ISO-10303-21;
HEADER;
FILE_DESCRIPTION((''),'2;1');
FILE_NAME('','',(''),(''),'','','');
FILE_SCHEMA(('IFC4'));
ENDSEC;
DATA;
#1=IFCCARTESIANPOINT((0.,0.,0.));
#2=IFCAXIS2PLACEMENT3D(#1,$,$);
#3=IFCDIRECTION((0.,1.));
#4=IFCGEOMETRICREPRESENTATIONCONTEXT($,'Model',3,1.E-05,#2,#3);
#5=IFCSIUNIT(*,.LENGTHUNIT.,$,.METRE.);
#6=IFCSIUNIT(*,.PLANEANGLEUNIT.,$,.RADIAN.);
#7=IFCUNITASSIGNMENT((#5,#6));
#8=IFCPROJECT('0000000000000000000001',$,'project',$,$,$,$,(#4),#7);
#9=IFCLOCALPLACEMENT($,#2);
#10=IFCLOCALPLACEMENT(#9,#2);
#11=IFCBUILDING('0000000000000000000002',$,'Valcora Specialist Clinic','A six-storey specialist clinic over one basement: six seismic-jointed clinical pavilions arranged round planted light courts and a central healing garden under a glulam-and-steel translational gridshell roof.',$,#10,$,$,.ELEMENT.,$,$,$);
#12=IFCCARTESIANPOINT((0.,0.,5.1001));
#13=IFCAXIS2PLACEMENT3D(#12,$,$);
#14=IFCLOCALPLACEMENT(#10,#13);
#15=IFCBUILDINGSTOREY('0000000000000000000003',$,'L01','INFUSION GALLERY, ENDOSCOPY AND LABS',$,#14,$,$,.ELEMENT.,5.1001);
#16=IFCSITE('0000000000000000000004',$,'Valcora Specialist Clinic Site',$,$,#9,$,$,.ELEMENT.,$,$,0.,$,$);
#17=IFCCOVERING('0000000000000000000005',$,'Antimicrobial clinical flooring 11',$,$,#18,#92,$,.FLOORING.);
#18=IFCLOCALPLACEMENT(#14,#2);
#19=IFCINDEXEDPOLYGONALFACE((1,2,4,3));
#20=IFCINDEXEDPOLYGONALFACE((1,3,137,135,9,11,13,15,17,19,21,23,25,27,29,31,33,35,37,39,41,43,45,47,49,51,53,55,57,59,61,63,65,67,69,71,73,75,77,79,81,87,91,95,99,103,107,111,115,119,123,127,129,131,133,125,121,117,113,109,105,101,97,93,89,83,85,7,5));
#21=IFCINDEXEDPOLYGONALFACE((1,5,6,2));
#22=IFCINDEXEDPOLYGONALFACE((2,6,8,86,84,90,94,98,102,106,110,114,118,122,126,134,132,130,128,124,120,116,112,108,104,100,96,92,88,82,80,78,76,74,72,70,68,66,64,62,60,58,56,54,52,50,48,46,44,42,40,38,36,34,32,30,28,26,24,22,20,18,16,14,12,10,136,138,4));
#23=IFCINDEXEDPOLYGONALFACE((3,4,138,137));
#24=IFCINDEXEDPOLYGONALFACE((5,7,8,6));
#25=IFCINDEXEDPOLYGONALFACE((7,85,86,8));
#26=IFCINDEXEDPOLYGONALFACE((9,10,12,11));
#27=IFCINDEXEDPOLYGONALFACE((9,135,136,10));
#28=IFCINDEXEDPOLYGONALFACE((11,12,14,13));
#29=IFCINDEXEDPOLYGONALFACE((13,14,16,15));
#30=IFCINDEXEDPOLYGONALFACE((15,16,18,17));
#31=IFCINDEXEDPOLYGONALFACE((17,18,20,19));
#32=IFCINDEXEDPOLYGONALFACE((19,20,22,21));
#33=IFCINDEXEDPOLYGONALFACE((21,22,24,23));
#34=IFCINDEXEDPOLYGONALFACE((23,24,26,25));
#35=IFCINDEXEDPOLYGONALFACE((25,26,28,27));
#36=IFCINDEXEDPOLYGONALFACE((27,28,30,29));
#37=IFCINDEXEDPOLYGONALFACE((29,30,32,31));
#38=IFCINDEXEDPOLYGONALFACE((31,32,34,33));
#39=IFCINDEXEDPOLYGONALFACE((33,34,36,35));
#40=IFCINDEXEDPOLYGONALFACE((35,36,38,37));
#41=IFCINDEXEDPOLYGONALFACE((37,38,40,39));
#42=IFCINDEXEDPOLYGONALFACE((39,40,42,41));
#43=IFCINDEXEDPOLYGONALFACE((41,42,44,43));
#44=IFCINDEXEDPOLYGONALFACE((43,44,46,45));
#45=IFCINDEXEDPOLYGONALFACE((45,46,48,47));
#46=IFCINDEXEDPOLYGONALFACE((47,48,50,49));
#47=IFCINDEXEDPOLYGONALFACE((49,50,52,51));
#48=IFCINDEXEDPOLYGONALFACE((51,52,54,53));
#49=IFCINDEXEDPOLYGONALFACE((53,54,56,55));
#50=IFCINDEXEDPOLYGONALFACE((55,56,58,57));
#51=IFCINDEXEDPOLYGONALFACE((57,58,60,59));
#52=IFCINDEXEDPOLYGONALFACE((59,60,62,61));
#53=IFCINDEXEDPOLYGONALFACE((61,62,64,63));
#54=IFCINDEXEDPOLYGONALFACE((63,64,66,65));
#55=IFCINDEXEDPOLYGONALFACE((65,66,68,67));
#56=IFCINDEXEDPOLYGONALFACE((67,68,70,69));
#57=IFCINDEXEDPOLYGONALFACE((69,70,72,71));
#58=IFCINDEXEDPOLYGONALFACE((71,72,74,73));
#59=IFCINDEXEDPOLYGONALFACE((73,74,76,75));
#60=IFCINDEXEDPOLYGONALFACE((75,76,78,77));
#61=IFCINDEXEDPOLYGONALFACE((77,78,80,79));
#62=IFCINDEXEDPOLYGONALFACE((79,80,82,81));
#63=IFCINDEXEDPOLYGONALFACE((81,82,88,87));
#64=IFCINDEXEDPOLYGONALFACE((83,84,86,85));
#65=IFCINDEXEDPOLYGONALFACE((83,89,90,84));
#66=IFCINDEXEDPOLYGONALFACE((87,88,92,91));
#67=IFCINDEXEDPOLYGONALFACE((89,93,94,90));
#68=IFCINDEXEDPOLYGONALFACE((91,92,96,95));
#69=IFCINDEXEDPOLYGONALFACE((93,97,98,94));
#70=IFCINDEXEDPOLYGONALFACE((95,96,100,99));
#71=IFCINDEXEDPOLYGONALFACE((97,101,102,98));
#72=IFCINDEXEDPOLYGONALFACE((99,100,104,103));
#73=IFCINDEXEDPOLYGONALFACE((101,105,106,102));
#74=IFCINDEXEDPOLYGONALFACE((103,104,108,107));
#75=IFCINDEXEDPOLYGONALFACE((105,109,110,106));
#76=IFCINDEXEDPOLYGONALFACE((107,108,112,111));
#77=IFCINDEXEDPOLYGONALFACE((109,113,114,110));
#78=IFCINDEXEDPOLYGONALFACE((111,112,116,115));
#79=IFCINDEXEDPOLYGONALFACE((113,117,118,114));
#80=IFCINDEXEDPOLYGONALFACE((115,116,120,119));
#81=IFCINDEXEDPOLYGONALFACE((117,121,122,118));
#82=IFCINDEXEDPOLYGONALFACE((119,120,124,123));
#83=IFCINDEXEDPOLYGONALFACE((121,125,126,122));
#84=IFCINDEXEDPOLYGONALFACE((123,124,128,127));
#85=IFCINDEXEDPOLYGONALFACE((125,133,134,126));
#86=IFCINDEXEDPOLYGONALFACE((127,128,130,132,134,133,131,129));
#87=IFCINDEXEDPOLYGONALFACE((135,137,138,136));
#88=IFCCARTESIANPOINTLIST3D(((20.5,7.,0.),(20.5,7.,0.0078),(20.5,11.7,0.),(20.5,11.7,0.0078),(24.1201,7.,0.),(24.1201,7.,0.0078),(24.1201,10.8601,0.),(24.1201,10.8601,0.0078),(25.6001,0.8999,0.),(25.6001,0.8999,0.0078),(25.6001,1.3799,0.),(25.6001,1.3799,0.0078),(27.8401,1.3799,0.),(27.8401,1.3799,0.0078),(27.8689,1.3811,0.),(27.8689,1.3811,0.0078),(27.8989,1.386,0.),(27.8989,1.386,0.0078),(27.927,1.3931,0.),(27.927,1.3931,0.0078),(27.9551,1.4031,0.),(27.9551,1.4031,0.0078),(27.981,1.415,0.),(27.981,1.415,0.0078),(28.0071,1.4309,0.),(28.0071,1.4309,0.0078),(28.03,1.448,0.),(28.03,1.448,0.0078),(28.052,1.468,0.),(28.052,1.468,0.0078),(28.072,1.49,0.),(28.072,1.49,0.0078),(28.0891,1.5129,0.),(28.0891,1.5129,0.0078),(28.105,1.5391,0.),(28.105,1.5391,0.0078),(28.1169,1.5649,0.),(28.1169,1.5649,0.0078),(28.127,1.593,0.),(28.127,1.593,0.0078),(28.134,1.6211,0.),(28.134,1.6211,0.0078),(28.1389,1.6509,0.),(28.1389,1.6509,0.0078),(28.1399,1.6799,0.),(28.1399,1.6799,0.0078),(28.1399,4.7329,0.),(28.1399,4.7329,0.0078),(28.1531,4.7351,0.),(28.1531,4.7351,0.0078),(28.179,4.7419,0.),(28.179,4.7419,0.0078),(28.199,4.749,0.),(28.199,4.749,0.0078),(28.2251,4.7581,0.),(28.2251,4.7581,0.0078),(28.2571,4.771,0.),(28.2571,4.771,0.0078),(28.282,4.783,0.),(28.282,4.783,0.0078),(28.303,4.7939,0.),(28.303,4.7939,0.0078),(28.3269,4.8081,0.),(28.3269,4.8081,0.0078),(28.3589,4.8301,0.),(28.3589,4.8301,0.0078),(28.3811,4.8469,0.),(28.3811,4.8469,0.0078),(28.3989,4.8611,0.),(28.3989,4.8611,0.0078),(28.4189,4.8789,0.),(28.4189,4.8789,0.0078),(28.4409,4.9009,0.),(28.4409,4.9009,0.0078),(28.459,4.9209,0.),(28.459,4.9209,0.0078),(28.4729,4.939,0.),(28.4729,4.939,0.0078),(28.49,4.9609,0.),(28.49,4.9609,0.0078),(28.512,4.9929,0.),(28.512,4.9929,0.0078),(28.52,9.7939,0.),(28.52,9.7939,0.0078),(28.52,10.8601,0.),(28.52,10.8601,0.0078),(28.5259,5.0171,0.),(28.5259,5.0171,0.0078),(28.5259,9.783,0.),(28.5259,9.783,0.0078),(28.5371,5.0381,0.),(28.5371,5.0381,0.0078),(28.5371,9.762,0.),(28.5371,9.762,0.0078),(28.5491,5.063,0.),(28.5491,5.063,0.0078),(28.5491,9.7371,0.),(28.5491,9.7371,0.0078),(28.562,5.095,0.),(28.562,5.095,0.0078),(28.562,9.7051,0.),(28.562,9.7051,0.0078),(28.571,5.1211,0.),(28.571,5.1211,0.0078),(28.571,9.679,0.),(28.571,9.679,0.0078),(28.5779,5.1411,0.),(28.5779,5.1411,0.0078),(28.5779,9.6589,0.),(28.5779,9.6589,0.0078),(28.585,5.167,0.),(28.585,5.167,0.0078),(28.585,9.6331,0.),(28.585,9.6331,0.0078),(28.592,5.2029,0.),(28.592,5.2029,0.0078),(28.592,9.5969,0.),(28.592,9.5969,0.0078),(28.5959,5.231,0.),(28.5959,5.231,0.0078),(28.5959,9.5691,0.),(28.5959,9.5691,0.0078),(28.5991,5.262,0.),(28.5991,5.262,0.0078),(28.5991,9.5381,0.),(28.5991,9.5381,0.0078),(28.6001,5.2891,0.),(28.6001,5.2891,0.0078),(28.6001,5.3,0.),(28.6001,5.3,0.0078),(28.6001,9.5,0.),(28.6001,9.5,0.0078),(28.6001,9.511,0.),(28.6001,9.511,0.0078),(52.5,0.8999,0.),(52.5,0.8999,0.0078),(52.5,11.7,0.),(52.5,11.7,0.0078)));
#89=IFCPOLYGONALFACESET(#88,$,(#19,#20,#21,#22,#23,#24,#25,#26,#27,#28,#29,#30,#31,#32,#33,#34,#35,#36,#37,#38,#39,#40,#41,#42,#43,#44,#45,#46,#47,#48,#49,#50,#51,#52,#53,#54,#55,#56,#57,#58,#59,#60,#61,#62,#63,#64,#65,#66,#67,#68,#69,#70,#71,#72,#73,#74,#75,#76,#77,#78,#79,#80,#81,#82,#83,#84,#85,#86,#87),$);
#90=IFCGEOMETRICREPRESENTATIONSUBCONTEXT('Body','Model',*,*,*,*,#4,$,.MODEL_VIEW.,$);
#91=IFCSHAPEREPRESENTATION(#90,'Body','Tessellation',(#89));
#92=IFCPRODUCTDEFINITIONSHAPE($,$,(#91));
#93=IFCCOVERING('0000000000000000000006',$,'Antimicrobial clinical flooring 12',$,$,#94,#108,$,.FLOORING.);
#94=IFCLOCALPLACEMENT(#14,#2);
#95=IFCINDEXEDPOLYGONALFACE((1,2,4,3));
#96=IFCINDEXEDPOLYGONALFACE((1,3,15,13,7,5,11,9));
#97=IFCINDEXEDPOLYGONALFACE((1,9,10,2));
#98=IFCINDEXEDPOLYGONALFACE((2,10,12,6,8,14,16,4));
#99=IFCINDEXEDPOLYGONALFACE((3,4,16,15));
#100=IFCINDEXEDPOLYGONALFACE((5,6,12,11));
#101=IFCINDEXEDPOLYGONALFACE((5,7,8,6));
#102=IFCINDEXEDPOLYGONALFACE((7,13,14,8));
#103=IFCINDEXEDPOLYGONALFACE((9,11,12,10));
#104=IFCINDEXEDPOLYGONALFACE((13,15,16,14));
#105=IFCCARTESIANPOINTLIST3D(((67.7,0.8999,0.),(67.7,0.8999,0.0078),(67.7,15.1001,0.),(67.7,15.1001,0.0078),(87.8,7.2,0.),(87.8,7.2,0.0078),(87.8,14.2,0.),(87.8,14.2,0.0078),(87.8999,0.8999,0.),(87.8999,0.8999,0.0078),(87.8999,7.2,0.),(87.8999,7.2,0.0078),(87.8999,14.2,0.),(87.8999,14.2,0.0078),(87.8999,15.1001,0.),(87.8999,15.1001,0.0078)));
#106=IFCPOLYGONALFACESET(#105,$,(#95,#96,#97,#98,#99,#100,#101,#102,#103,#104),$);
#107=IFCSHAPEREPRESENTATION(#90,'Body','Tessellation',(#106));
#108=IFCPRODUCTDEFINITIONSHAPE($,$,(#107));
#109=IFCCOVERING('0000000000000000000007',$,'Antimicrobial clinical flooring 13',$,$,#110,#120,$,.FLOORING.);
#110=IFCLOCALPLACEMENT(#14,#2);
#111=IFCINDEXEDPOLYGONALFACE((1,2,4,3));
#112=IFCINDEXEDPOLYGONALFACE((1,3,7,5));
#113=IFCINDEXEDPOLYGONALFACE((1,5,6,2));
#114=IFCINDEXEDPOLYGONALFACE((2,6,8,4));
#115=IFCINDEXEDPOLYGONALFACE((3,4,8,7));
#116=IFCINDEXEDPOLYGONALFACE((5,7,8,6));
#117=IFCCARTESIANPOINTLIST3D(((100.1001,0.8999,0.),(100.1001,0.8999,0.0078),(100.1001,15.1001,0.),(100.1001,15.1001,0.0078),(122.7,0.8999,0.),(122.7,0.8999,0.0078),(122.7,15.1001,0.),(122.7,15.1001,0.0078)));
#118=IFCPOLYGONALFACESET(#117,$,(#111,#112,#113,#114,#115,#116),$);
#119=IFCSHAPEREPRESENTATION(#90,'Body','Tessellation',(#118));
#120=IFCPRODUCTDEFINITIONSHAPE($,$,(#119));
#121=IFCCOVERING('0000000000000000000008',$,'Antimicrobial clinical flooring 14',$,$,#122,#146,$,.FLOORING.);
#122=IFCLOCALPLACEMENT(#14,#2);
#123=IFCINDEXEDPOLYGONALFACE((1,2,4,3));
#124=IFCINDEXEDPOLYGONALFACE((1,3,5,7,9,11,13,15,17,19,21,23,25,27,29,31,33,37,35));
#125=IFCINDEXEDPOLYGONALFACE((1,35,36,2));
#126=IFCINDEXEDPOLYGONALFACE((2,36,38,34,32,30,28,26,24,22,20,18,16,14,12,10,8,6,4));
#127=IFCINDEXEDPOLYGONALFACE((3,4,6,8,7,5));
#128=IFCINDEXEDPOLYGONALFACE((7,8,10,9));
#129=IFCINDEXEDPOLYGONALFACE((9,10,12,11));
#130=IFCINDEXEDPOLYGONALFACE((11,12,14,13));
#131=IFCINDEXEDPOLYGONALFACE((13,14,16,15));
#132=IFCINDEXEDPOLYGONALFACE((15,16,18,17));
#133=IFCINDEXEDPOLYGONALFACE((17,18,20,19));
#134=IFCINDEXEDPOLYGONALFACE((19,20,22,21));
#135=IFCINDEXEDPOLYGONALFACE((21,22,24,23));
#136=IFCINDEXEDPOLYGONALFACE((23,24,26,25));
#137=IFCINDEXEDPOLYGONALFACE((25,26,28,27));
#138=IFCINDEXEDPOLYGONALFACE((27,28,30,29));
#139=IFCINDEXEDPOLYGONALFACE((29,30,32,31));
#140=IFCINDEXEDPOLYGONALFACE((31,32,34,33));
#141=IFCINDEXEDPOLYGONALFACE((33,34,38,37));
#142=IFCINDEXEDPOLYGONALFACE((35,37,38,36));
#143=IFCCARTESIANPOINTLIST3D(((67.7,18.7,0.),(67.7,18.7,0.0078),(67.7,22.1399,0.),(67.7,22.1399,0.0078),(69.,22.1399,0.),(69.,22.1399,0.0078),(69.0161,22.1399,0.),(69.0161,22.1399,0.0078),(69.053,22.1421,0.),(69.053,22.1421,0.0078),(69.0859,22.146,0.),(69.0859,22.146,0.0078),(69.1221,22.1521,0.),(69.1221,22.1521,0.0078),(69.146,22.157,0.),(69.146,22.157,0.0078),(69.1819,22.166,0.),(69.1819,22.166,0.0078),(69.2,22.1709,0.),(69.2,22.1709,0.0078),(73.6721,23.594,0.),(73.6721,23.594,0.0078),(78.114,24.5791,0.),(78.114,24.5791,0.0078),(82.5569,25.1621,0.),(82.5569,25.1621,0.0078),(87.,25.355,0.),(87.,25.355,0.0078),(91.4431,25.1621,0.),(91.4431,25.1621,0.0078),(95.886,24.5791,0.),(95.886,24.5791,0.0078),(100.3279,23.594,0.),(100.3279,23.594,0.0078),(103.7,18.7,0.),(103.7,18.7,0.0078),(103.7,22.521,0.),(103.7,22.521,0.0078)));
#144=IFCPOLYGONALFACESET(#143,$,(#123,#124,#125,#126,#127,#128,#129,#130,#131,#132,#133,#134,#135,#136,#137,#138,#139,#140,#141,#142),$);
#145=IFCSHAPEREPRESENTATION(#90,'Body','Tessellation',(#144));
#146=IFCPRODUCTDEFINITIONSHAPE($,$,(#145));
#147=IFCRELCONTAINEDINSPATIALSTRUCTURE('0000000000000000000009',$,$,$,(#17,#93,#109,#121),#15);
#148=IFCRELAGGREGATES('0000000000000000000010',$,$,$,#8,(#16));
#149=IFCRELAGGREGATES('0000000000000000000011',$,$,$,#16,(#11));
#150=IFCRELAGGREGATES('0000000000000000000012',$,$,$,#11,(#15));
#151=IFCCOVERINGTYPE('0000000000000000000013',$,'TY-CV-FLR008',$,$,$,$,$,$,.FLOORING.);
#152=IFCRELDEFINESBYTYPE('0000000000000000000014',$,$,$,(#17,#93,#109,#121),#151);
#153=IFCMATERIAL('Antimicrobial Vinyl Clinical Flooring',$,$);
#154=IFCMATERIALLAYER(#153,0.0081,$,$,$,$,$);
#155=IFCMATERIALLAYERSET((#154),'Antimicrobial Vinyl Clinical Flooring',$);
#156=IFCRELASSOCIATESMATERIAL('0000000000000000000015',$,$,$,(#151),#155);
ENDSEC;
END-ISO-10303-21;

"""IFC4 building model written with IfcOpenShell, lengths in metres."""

from ifc_helpers import new_model, si_unit, direction, frame, origin, place, context, subcontext, project, spatial, polyline, outline, extrude, material, layer, layer_set, type_object, element, save


model = new_model("IFC4")

# Units and contexts
model_context = context("Model", 3, precision=1e-05, world=origin(), true_north=direction((0.0, 1.0)))
body_context = subcontext(model_context, "Body", "Model", "MODEL_VIEW")
ifc_project = project(units=[si_unit("LENGTHUNIT", "METRE"), si_unit("PLANEANGLEUNIT", "RADIAN")], contexts=[model_context])

# Site, building, storey
site_placement = place(None, origin())
site = spatial("IfcSite", under=ifc_project, at=site_placement, Name="Valcora Specialist Clinic Site", CompositionType="ELEMENT", RefElevation=0.0)
building_placement = place(site_placement, origin())
building = spatial("IfcBuilding", under=site, at=building_placement, Name="Valcora Specialist Clinic", Description="A six-storey specialist clinic over one basement: six seismic-jointed clinical pavilions arranged round planted light courts and a central healing garden under a glulam-and-steel translational gridshell roof.", CompositionType="ELEMENT")
storey_placement = place(building_placement, frame((0.0, 0.0, 5.1001)))
storey = spatial("IfcBuildingStorey", under=building, at=storey_placement, Name="L01", Description="INFUSION GALLERY, ENDOSCOPY AND LABS", CompositionType="ELEMENT", Elevation=5.1001)

# Coverings
ifc_material_1 = material(Name="Antimicrobial Vinyl Clinical Flooring")
ifc_layer_1 = layer(ifc_material_1, 0.0081)
ifc_layer_set_1 = layer_set([ifc_layer_1], Name="Antimicrobial Vinyl Clinical Flooring")
covering_type_1 = type_object("IfcCoveringType", Name="TY-CV-FLR008", PredefinedType="FLOORING", material=ifc_layer_set_1)
covering_1_placement = place(storey_placement, origin())
element("IfcCovering", 1, at=covering_1_placement, inside=storey, type_object=covering_type_1, Name="Antimicrobial clinical flooring 11", PredefinedType="FLOORING", context=body_context, shape_type="SweptSolid", body=[
    extrude(outline(polyline([(52.5, 11.7), (52.5, 0.8999), (25.6001, 0.8999), (25.6001, 1.3799), (27.8401, 1.3799), (27.8689, 1.3811), (27.8989, 1.386), (27.927, 1.3931), (27.9551, 1.4031), (27.981, 1.415), (28.0071, 1.4309), (28.03, 1.448), (28.052, 1.468), (28.072, 1.49), (28.0891, 1.5129), (28.105, 1.5391), (28.1169, 1.5649), (28.127, 1.593), (28.134, 1.6211), (28.1389, 1.6509), (28.1399, 1.6799), (28.1399, 4.7329), (28.1531, 4.7351), (28.179, 4.7419), (28.199, 4.749), (28.2251, 4.7581), (28.2571, 4.771), (28.282, 4.783), (28.303, 4.7939), (28.3269, 4.8081), (28.3589, 4.8301), (28.3811, 4.8469), (28.3989, 4.8611), (28.4189, 4.8789), (28.4409, 4.9009), (28.459, 4.9209), (28.4729, 4.939), (28.49, 4.9609), (28.512, 4.9929), (28.5259, 5.0171), (28.5371, 5.0381), (28.5491, 5.063), (28.562, 5.095), (28.571, 5.1211), (28.5779, 5.1411), (28.585, 5.167), (28.592, 5.2029), (28.5959, 5.231), (28.5991, 5.262), (28.6001, 5.2891), (28.6001, 5.3), (28.6001, 9.5), (28.6001, 9.511), (28.5991, 9.5381), (28.5959, 9.5691), (28.592, 9.5969), (28.585, 9.6331), (28.5779, 9.6589), (28.571, 9.679), (28.562, 9.7051), (28.5491, 9.7371), (28.5371, 9.762), (28.5259, 9.783), (28.52, 9.7939), (28.52, 10.8601), (24.1201, 10.8601), (24.1201, 7.0), (20.5, 7.0), (20.5, 11.7), (52.5, 11.7)])), origin(), (0.0, 0.0, 1.0), 0.0078),
])
covering_2_placement = place(storey_placement, origin())
element("IfcCovering", 2, at=covering_2_placement, inside=storey, type_object=covering_type_1, Name="Antimicrobial clinical flooring 12", PredefinedType="FLOORING", context=body_context, shape_type="SweptSolid", body=[
    extrude(outline(polyline([(67.7, 15.1001), (87.8999, 15.1001), (87.8999, 14.2), (87.8, 14.2), (87.8, 7.2), (87.8999, 7.2), (87.8999, 0.8999), (67.7, 0.8999), (67.7, 15.1001)])), origin(), (0.0, 0.0, 1.0), 0.0078),
])
covering_3_placement = place(storey_placement, origin())
element("IfcCovering", 3, at=covering_3_placement, inside=storey, type_object=covering_type_1, Name="Antimicrobial clinical flooring 13", PredefinedType="FLOORING", context=body_context, shape_type="SweptSolid", body=[
    extrude(outline(polyline([(122.7, 15.1001), (122.7, 0.8999), (100.1001, 0.8999), (100.1001, 15.1001), (122.7, 15.1001)])), origin(), (0.0, 0.0, 1.0), 0.0078),
])
covering_4_placement = place(storey_placement, origin())
element("IfcCovering", 4, at=covering_4_placement, inside=storey, type_object=covering_type_1, Name="Antimicrobial clinical flooring 14", PredefinedType="FLOORING", context=body_context, shape_type="SweptSolid", body=[
    extrude(outline(polyline([(67.7, 22.1399), (69.0, 22.1399), (69.0161, 22.1399), (69.053, 22.1421), (69.0859, 22.146), (69.1221, 22.1521), (69.146, 22.157), (69.1819, 22.166), (69.2, 22.1709), (73.6721, 23.594), (78.114, 24.5791), (82.5569, 25.1621), (87.0, 25.355), (91.4431, 25.1621), (95.886, 24.5791), (100.3279, 23.594), (103.7, 22.521), (103.7, 18.7), (67.7, 18.7), (67.7, 22.1399)])), origin(), (0.0, 0.0, 1.0), 0.0078),
])

save(model, "model.ifc")
